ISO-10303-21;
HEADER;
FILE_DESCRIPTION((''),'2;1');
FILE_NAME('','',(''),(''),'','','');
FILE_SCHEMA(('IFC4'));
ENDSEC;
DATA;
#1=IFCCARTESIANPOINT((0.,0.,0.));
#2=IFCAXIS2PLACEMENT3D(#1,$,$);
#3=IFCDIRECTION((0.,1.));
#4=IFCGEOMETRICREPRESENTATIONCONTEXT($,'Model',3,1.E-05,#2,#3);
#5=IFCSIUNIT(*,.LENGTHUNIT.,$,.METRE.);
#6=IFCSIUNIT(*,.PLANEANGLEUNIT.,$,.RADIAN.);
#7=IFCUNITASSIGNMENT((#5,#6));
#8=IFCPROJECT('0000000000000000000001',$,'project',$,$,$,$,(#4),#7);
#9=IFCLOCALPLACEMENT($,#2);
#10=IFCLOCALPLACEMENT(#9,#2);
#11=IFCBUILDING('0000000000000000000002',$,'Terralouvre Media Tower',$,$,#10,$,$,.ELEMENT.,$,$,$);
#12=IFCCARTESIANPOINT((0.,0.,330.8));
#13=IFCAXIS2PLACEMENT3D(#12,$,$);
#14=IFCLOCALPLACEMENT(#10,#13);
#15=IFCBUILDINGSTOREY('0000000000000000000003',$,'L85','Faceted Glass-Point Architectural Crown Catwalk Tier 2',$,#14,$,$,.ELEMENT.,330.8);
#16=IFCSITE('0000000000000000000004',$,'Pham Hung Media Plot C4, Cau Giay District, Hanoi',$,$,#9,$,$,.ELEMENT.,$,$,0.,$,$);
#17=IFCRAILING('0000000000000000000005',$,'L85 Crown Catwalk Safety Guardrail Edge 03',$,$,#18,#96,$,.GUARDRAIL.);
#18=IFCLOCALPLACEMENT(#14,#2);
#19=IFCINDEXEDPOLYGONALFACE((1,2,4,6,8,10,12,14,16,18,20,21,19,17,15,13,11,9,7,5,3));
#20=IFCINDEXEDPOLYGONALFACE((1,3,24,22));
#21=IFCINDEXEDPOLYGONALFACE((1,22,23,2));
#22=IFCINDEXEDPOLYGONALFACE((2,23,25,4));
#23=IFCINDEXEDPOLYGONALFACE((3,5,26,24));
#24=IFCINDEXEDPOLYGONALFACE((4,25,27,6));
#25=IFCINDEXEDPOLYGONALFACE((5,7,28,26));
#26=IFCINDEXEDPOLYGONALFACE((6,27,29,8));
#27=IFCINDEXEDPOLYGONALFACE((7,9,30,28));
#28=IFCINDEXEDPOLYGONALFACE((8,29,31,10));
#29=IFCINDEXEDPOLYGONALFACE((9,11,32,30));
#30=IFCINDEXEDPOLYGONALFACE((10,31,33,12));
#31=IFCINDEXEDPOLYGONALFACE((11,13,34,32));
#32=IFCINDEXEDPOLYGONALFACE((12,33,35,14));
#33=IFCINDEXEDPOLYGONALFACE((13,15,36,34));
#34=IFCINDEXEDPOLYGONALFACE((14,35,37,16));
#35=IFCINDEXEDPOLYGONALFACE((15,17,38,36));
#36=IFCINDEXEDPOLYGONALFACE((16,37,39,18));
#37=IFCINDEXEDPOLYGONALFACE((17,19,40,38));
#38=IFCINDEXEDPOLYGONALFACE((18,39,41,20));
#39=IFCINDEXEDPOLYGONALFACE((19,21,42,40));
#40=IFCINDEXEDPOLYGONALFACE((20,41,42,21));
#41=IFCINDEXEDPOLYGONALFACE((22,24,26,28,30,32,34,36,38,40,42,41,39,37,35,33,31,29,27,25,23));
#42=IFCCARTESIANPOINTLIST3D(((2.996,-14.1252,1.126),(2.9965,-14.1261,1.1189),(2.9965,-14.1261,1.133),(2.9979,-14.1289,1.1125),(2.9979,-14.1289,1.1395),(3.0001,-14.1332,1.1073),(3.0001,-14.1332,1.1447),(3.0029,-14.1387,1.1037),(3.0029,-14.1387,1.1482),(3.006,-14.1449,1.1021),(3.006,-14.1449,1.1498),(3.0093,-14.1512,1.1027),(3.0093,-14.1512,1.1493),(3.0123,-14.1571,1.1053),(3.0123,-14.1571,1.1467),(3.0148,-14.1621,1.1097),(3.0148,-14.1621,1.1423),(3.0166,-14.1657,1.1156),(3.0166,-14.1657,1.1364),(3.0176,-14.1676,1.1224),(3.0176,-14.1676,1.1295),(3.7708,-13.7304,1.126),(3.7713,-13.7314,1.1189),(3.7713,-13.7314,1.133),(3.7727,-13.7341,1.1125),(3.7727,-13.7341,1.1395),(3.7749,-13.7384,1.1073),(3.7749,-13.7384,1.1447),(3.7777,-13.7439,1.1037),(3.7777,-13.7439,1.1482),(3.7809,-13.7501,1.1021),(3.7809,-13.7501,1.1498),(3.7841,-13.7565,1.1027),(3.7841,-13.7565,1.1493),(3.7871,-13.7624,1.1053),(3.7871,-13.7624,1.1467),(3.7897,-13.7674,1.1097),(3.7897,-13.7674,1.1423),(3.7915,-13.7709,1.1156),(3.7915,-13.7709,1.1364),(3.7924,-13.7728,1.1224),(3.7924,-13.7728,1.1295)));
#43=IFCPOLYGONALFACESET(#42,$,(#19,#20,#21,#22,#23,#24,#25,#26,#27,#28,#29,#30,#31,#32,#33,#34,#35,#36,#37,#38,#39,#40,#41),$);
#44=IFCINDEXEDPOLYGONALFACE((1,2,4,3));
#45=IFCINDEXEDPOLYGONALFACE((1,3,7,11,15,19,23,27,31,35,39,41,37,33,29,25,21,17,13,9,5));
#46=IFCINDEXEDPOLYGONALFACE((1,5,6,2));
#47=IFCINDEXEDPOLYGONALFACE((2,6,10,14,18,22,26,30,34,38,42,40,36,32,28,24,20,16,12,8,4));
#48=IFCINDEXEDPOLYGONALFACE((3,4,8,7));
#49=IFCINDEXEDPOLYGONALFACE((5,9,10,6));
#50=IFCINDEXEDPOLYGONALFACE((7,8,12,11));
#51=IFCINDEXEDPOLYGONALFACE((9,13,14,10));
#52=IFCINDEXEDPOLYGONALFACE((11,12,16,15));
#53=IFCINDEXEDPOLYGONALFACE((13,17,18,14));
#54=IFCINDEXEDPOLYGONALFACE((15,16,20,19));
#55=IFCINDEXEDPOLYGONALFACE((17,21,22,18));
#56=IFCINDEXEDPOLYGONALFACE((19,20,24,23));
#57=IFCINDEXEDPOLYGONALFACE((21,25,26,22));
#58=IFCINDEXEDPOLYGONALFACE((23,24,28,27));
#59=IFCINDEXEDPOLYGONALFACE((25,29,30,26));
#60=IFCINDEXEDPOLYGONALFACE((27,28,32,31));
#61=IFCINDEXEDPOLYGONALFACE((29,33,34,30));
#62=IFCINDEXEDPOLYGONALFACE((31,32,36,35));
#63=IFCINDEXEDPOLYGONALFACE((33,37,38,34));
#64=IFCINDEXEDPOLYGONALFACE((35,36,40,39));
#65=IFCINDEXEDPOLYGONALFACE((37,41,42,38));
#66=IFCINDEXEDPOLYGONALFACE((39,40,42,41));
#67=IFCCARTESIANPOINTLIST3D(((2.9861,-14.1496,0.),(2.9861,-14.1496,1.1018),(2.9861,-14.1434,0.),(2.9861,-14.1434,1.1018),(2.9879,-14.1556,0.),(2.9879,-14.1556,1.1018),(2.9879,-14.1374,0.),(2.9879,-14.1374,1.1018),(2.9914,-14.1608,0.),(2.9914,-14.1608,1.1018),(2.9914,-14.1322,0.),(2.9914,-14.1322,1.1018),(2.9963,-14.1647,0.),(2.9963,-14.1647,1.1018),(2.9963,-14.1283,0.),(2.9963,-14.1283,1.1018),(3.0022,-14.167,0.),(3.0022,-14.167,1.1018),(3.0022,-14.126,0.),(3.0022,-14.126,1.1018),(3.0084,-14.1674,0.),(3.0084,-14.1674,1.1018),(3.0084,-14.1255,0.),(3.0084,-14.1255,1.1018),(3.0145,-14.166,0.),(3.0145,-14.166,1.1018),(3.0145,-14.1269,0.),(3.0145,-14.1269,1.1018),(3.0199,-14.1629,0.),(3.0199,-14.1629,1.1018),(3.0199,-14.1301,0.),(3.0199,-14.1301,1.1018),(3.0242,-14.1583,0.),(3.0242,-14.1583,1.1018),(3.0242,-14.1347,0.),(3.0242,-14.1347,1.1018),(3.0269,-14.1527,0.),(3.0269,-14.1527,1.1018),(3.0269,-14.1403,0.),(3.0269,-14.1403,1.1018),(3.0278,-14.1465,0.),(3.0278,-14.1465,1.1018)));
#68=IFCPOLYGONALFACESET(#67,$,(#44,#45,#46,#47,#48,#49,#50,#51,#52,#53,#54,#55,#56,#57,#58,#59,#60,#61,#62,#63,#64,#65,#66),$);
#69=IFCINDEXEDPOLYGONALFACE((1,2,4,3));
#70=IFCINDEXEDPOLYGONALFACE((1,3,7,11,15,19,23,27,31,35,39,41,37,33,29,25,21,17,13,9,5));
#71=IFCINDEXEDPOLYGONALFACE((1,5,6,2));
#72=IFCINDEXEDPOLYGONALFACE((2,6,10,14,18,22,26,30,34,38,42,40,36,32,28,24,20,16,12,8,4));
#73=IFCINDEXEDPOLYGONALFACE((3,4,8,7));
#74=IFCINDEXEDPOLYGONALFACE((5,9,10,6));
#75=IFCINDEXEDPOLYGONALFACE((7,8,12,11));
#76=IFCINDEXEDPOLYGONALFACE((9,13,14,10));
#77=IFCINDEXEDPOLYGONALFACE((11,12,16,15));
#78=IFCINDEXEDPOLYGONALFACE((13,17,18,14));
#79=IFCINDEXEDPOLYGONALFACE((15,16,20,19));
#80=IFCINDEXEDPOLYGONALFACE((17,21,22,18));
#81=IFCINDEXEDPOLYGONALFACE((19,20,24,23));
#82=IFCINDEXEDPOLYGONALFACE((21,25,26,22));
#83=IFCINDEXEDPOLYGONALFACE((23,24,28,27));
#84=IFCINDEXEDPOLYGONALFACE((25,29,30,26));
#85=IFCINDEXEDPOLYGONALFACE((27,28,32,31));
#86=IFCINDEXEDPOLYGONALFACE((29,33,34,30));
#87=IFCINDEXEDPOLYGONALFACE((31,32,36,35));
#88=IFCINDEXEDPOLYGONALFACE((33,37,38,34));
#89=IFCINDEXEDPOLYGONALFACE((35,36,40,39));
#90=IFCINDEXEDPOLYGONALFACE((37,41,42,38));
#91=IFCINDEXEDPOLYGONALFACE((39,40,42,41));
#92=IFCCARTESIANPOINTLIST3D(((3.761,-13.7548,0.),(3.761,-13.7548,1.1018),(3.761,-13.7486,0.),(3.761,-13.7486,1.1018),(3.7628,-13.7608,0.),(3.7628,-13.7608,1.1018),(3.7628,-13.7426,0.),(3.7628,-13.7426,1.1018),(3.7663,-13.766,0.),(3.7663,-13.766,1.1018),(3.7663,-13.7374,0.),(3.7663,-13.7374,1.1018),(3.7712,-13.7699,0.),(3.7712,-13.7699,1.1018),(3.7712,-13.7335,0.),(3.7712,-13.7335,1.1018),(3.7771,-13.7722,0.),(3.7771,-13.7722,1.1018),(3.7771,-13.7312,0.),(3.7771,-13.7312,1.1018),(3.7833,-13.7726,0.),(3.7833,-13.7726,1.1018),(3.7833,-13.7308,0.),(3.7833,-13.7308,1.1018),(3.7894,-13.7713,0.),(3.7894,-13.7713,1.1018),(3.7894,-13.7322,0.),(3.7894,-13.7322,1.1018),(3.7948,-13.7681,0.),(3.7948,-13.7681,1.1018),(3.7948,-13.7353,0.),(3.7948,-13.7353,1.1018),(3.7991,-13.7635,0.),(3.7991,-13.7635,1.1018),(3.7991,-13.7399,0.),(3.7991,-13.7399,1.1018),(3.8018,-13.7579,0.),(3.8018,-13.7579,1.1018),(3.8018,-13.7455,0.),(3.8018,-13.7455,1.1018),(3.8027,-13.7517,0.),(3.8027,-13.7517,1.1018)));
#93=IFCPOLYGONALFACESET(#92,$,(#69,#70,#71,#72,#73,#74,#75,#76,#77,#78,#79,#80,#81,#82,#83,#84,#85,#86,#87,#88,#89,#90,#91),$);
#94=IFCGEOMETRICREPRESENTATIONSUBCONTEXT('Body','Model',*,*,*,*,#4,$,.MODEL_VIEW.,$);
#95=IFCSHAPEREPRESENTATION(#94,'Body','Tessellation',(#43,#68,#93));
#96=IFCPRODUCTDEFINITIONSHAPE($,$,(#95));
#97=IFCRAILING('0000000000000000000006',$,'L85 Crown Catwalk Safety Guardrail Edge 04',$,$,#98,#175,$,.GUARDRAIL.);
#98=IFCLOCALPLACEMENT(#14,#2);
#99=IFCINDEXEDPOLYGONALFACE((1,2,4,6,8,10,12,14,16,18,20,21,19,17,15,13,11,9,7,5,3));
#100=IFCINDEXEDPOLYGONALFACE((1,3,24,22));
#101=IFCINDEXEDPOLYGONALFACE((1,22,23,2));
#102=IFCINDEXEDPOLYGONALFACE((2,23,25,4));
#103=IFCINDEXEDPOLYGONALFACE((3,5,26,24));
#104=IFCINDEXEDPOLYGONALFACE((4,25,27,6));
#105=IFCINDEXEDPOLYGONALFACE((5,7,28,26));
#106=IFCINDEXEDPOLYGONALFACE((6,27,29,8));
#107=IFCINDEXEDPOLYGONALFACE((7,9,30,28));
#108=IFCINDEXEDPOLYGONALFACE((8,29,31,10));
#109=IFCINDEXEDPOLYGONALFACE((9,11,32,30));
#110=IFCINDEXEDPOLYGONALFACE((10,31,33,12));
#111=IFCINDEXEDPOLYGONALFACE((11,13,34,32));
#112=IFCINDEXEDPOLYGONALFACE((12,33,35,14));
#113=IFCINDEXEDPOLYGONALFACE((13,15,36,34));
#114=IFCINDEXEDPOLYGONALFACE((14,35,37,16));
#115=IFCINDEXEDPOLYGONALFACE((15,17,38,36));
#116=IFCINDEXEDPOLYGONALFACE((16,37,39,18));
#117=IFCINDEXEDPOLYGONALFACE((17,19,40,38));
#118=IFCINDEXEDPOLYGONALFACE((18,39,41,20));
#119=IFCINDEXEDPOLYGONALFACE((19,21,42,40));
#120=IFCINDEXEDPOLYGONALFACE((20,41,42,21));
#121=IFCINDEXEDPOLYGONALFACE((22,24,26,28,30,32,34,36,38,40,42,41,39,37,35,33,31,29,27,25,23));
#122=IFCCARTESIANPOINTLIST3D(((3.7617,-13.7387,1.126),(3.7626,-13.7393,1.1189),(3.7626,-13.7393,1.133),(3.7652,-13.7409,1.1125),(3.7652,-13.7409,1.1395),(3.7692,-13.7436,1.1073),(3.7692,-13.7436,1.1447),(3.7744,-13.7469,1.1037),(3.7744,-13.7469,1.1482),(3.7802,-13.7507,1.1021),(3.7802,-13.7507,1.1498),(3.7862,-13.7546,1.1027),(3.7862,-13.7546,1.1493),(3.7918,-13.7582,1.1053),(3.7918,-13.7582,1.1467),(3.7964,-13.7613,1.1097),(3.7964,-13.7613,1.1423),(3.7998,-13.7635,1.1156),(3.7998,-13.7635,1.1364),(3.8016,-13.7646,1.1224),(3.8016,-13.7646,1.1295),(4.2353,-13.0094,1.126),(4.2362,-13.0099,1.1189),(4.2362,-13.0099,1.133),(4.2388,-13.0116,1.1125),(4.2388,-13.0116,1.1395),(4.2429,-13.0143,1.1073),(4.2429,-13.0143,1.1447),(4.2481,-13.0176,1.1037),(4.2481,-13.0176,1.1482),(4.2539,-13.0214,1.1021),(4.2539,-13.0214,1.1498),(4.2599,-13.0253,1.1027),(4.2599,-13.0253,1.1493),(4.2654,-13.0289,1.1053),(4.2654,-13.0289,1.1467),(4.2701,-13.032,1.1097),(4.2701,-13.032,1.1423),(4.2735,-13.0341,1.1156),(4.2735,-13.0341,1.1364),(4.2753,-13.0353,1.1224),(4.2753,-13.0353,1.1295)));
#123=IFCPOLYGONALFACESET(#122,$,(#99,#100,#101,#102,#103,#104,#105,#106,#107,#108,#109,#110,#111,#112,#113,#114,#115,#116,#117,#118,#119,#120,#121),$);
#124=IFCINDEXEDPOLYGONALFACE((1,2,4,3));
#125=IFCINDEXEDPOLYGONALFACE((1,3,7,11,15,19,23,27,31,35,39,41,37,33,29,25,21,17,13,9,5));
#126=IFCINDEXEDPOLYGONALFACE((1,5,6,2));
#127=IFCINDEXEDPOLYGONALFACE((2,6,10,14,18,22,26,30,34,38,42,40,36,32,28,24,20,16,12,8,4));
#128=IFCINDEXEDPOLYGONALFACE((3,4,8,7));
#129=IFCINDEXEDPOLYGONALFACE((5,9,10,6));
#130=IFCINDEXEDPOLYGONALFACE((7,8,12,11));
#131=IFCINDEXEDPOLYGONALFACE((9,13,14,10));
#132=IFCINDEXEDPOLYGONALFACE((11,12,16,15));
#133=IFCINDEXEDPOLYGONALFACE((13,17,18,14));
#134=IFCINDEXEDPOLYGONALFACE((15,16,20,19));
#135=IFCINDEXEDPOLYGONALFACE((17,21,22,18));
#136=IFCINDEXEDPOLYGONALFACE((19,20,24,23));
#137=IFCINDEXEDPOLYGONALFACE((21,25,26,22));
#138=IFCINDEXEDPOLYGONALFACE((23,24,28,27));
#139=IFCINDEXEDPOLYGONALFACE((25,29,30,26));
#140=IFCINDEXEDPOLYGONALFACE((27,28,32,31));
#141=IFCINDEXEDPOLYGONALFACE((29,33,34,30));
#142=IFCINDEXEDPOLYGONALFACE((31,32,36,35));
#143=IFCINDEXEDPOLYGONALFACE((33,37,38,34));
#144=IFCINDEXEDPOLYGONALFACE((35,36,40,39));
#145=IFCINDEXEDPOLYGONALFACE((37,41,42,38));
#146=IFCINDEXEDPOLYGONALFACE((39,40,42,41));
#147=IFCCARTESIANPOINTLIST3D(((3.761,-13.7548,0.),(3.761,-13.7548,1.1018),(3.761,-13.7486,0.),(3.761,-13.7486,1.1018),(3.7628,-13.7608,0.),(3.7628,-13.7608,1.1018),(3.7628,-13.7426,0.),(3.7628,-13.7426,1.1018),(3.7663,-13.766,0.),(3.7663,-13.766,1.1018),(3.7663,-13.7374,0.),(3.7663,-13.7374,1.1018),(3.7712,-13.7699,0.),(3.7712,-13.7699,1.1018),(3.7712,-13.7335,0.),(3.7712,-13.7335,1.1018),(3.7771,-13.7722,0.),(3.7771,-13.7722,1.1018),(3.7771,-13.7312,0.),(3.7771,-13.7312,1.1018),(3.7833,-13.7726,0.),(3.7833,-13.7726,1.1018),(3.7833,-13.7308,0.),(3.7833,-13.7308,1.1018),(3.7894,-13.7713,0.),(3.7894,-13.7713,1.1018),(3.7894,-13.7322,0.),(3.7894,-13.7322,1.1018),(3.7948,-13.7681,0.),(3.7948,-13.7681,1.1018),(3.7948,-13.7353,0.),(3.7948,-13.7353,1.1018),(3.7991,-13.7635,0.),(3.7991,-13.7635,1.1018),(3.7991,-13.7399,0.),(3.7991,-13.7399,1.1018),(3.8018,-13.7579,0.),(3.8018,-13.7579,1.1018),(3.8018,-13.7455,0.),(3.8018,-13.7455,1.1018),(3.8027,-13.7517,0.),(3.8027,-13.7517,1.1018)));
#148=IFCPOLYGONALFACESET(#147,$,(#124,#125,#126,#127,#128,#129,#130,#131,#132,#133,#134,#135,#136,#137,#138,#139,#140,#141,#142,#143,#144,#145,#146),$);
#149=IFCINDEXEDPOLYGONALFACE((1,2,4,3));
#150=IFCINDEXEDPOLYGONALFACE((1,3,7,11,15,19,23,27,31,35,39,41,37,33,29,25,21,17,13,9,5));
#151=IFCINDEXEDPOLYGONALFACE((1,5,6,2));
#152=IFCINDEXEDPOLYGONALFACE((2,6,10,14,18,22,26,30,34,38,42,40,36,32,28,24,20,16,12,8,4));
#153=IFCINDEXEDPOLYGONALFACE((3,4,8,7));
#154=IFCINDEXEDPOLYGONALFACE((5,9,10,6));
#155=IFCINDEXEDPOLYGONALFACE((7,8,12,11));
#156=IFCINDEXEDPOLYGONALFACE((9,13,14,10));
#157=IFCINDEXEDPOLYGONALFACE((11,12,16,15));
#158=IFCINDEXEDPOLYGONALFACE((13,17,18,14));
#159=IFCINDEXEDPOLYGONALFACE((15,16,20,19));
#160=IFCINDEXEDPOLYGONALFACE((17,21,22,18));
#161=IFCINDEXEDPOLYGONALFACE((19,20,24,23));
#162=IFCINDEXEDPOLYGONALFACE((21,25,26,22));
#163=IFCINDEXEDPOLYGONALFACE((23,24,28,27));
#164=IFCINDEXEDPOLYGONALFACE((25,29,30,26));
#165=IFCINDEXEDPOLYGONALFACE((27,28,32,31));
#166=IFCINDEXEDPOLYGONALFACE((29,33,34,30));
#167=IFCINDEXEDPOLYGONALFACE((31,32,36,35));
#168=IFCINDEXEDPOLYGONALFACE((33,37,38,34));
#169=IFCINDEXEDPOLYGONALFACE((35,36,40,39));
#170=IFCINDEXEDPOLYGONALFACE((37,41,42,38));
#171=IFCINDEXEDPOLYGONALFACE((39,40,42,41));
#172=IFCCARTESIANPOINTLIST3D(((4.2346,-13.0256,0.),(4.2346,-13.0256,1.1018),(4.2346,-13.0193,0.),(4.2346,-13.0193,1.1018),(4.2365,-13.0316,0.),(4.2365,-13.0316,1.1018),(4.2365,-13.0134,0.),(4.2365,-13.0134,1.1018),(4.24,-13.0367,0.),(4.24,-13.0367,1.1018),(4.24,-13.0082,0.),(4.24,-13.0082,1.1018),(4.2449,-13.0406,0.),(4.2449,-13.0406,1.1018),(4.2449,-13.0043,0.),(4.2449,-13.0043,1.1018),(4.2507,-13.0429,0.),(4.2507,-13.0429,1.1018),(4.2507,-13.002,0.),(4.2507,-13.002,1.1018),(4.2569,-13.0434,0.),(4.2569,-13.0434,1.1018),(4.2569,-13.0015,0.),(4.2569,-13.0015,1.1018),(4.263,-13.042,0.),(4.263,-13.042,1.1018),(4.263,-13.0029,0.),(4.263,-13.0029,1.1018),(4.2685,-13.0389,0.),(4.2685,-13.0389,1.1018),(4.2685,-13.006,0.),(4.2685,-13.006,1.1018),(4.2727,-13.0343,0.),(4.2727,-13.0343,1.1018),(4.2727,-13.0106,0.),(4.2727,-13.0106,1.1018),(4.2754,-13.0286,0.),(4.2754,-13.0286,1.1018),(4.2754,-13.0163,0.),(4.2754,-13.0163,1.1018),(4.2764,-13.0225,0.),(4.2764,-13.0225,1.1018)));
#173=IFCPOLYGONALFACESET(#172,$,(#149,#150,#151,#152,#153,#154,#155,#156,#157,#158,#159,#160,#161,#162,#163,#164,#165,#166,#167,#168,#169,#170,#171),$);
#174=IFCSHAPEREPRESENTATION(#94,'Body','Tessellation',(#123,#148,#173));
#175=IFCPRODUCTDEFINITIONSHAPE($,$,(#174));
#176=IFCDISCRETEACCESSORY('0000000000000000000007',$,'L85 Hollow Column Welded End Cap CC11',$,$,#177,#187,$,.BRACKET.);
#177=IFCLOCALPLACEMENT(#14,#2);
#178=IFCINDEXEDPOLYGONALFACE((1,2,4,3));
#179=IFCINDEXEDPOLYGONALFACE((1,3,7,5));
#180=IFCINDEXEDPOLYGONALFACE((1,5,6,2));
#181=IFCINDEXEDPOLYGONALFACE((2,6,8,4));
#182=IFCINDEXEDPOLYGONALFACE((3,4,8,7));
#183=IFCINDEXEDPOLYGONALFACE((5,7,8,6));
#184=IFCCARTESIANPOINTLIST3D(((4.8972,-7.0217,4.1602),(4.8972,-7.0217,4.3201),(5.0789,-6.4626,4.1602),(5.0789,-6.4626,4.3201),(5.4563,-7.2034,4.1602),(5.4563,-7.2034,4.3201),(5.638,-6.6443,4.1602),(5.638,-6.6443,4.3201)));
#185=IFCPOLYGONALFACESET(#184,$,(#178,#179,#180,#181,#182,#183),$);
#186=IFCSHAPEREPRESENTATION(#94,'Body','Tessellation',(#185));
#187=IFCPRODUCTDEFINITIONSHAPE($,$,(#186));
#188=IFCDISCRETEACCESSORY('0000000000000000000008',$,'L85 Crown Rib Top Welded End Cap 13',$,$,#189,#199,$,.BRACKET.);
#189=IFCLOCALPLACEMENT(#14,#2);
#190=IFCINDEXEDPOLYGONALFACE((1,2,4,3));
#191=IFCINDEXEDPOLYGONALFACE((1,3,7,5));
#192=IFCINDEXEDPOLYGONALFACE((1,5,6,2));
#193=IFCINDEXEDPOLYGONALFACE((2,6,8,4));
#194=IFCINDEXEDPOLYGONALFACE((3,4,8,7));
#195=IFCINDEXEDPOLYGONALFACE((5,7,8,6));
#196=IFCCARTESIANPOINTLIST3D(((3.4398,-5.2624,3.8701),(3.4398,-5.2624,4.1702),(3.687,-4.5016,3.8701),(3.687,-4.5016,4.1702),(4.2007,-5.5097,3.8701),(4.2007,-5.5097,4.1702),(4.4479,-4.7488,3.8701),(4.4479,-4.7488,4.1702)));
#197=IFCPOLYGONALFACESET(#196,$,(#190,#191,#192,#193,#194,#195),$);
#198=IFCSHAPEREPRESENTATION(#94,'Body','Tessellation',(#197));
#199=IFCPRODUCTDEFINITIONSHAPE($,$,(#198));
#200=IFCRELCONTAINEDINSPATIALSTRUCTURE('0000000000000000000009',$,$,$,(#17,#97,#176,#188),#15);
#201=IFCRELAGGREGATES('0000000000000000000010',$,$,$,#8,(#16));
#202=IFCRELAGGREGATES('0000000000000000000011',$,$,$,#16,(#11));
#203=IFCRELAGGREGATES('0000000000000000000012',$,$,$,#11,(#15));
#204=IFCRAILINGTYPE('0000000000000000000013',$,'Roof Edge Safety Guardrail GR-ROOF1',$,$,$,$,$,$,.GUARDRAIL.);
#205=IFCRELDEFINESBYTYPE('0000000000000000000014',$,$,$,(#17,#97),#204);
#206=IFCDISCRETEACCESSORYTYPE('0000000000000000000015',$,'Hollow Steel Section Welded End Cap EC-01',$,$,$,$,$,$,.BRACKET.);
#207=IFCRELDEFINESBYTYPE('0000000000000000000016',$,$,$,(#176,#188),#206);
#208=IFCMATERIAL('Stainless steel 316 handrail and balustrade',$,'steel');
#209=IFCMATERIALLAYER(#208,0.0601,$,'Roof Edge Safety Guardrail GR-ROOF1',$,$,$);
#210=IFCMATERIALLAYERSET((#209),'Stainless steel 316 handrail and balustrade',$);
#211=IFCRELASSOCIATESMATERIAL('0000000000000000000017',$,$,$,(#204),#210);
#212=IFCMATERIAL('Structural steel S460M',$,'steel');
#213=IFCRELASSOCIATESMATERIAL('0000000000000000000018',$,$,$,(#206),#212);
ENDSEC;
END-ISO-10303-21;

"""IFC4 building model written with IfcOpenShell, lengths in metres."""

from ifc_helpers import new_model, si_unit, direction, frame, origin, origin_2d, place, context, subcontext, project, spatial, rectangle, circle, extrude, material, layer, layer_set, type_object, element, save


model = new_model("IFC4")

# Units and contexts
model_context = context("Model", 3, precision=1e-05, world=origin(), true_north=direction((0.0, 1.0)))
body_context = subcontext(model_context, "Body", "Model", "MODEL_VIEW")
ifc_project = project(units=[si_unit("LENGTHUNIT", "METRE"), si_unit("PLANEANGLEUNIT", "RADIAN")], contexts=[model_context])

# Site, building, storey
site_placement = place(None, origin())
site = spatial("IfcSite", under=ifc_project, at=site_placement, Name="Pham Hung Media Plot C4, Cau Giay District, Hanoi", CompositionType="ELEMENT", RefElevation=0.0)
building_placement = place(site_placement, origin())
building = spatial("IfcBuilding", under=site, at=building_placement, Name="Terralouvre Media Tower", CompositionType="ELEMENT")
storey_placement = place(building_placement, frame((0.0, 0.0, 330.8)))
storey = spatial("IfcBuildingStorey", under=building, at=storey_placement, Name="L85", Description="Faceted Glass-Point Architectural Crown Catwalk Tier 2", CompositionType="ELEMENT", Elevation=330.8)

# Railings
ifc_material_1 = material(Name="Stainless steel 316 handrail and balustrade", Category="steel")
ifc_layer_1 = layer(ifc_material_1, 0.0601, Name="Roof Edge Safety Guardrail GR-ROOF1")
ifc_layer_set_1 = layer_set([ifc_layer_1], Name="Stainless steel 316 handrail and balustrade")
railing_type = type_object("IfcRailingType", Name="Roof Edge Safety Guardrail GR-ROOF1", PredefinedType="GUARDRAIL", material=ifc_layer_set_1)
railing_1_placement = place(storey_placement, frame((3.0068, -14.1465, 0.0)))
element("IfcRailing", 1, at=railing_1_placement, inside=storey, type_object=railing_type, Name="L85 Crown Catwalk Safety Guardrail Edge 03", PredefinedType="GUARDRAIL", context=body_context, shape_type="SweptSolid", body=[
    extrude(circle(Radius=0.0239, at=origin_2d()), frame((0.0, 0.0, 1.126), z_axis=(0.891033, 0.453938, 0.0), x_axis=(-0.453938, 0.891033, 0.0)), (0.0, 0.0, 1.0), 0.8696),
    extrude(circle(Radius=0.021, at=origin_2d()), origin(), (0.0, 0.0, 1.0), 1.1018),
    extrude(circle(Radius=0.021, at=origin_2d()), frame((0.7749, 0.3948, 0.0)), (0.0, 0.0, 1.0), 1.1018),
])
railing_2_placement = place(storey_placement, frame((3.7817, -13.7517, 0.0)))
element("IfcRailing", 2, at=railing_2_placement, inside=storey, type_object=railing_type, Name="L85 Crown Catwalk Safety Guardrail Edge 04", PredefinedType="GUARDRAIL", context=body_context, shape_type="SweptSolid", body=[
    extrude(circle(Radius=0.0239, at=origin_2d()), frame((0.0, 0.0, 1.126), z_axis=(0.544682, 0.838642, 0.0), x_axis=(-0.838642, 0.544682, 0.0)), (0.0, 0.0, 1.0), 0.8696),
    extrude(circle(Radius=0.021, at=origin_2d()), origin(), (0.0, 0.0, 1.0), 1.1018),
    extrude(circle(Radius=0.021, at=origin_2d()), frame((0.4736, 0.7292, 0.0)), (0.0, 0.0, 1.0), 1.1018),
])

# Discrete accessories
ifc_material_2 = material(Name="Structural steel S460M", Category="steel")
discrete_accessory_type = type_object("IfcDiscreteAccessoryType", Name="Hollow Steel Section Welded End Cap EC-01", PredefinedType="BRACKET", material=ifc_material_2)
discrete_accessory_1_placement = place(storey_placement, frame((5.2676, -6.833, 4.1602), z_axis=(0.0, 0.0, 1.0), x_axis=(0.309017, 0.951057, 0.0)))
element("IfcDiscreteAccessory", 3, at=discrete_accessory_1_placement, inside=storey, type_object=discrete_accessory_type, Name="L85 Hollow Column Welded End Cap CC11", PredefinedType="BRACKET", context=body_context, shape_type="SweptSolid", body=[
    extrude(rectangle(XDim=0.5879, YDim=0.5879, at=origin_2d()), origin(), (0.0, 0.0, 1.0), 0.1599),
])
discrete_accessory_2_placement = place(storey_placement, frame((3.9438, -5.0056, 3.8701), z_axis=(0.0, 0.0, 1.0), x_axis=(0.309017, 0.951057, 0.0)))
element("IfcDiscreteAccessory", 4, at=discrete_accessory_2_placement, inside=storey, type_object=discrete_accessory_type, Name="L85 Crown Rib Top Welded End Cap 13", PredefinedType="BRACKET", context=body_context, shape_type="SweptSolid", body=[
    extrude(rectangle(XDim=0.8, YDim=0.8, at=origin_2d()), origin(), (0.0, 0.0, 1.0), 0.3),
])

save(model, "model.ifc")
